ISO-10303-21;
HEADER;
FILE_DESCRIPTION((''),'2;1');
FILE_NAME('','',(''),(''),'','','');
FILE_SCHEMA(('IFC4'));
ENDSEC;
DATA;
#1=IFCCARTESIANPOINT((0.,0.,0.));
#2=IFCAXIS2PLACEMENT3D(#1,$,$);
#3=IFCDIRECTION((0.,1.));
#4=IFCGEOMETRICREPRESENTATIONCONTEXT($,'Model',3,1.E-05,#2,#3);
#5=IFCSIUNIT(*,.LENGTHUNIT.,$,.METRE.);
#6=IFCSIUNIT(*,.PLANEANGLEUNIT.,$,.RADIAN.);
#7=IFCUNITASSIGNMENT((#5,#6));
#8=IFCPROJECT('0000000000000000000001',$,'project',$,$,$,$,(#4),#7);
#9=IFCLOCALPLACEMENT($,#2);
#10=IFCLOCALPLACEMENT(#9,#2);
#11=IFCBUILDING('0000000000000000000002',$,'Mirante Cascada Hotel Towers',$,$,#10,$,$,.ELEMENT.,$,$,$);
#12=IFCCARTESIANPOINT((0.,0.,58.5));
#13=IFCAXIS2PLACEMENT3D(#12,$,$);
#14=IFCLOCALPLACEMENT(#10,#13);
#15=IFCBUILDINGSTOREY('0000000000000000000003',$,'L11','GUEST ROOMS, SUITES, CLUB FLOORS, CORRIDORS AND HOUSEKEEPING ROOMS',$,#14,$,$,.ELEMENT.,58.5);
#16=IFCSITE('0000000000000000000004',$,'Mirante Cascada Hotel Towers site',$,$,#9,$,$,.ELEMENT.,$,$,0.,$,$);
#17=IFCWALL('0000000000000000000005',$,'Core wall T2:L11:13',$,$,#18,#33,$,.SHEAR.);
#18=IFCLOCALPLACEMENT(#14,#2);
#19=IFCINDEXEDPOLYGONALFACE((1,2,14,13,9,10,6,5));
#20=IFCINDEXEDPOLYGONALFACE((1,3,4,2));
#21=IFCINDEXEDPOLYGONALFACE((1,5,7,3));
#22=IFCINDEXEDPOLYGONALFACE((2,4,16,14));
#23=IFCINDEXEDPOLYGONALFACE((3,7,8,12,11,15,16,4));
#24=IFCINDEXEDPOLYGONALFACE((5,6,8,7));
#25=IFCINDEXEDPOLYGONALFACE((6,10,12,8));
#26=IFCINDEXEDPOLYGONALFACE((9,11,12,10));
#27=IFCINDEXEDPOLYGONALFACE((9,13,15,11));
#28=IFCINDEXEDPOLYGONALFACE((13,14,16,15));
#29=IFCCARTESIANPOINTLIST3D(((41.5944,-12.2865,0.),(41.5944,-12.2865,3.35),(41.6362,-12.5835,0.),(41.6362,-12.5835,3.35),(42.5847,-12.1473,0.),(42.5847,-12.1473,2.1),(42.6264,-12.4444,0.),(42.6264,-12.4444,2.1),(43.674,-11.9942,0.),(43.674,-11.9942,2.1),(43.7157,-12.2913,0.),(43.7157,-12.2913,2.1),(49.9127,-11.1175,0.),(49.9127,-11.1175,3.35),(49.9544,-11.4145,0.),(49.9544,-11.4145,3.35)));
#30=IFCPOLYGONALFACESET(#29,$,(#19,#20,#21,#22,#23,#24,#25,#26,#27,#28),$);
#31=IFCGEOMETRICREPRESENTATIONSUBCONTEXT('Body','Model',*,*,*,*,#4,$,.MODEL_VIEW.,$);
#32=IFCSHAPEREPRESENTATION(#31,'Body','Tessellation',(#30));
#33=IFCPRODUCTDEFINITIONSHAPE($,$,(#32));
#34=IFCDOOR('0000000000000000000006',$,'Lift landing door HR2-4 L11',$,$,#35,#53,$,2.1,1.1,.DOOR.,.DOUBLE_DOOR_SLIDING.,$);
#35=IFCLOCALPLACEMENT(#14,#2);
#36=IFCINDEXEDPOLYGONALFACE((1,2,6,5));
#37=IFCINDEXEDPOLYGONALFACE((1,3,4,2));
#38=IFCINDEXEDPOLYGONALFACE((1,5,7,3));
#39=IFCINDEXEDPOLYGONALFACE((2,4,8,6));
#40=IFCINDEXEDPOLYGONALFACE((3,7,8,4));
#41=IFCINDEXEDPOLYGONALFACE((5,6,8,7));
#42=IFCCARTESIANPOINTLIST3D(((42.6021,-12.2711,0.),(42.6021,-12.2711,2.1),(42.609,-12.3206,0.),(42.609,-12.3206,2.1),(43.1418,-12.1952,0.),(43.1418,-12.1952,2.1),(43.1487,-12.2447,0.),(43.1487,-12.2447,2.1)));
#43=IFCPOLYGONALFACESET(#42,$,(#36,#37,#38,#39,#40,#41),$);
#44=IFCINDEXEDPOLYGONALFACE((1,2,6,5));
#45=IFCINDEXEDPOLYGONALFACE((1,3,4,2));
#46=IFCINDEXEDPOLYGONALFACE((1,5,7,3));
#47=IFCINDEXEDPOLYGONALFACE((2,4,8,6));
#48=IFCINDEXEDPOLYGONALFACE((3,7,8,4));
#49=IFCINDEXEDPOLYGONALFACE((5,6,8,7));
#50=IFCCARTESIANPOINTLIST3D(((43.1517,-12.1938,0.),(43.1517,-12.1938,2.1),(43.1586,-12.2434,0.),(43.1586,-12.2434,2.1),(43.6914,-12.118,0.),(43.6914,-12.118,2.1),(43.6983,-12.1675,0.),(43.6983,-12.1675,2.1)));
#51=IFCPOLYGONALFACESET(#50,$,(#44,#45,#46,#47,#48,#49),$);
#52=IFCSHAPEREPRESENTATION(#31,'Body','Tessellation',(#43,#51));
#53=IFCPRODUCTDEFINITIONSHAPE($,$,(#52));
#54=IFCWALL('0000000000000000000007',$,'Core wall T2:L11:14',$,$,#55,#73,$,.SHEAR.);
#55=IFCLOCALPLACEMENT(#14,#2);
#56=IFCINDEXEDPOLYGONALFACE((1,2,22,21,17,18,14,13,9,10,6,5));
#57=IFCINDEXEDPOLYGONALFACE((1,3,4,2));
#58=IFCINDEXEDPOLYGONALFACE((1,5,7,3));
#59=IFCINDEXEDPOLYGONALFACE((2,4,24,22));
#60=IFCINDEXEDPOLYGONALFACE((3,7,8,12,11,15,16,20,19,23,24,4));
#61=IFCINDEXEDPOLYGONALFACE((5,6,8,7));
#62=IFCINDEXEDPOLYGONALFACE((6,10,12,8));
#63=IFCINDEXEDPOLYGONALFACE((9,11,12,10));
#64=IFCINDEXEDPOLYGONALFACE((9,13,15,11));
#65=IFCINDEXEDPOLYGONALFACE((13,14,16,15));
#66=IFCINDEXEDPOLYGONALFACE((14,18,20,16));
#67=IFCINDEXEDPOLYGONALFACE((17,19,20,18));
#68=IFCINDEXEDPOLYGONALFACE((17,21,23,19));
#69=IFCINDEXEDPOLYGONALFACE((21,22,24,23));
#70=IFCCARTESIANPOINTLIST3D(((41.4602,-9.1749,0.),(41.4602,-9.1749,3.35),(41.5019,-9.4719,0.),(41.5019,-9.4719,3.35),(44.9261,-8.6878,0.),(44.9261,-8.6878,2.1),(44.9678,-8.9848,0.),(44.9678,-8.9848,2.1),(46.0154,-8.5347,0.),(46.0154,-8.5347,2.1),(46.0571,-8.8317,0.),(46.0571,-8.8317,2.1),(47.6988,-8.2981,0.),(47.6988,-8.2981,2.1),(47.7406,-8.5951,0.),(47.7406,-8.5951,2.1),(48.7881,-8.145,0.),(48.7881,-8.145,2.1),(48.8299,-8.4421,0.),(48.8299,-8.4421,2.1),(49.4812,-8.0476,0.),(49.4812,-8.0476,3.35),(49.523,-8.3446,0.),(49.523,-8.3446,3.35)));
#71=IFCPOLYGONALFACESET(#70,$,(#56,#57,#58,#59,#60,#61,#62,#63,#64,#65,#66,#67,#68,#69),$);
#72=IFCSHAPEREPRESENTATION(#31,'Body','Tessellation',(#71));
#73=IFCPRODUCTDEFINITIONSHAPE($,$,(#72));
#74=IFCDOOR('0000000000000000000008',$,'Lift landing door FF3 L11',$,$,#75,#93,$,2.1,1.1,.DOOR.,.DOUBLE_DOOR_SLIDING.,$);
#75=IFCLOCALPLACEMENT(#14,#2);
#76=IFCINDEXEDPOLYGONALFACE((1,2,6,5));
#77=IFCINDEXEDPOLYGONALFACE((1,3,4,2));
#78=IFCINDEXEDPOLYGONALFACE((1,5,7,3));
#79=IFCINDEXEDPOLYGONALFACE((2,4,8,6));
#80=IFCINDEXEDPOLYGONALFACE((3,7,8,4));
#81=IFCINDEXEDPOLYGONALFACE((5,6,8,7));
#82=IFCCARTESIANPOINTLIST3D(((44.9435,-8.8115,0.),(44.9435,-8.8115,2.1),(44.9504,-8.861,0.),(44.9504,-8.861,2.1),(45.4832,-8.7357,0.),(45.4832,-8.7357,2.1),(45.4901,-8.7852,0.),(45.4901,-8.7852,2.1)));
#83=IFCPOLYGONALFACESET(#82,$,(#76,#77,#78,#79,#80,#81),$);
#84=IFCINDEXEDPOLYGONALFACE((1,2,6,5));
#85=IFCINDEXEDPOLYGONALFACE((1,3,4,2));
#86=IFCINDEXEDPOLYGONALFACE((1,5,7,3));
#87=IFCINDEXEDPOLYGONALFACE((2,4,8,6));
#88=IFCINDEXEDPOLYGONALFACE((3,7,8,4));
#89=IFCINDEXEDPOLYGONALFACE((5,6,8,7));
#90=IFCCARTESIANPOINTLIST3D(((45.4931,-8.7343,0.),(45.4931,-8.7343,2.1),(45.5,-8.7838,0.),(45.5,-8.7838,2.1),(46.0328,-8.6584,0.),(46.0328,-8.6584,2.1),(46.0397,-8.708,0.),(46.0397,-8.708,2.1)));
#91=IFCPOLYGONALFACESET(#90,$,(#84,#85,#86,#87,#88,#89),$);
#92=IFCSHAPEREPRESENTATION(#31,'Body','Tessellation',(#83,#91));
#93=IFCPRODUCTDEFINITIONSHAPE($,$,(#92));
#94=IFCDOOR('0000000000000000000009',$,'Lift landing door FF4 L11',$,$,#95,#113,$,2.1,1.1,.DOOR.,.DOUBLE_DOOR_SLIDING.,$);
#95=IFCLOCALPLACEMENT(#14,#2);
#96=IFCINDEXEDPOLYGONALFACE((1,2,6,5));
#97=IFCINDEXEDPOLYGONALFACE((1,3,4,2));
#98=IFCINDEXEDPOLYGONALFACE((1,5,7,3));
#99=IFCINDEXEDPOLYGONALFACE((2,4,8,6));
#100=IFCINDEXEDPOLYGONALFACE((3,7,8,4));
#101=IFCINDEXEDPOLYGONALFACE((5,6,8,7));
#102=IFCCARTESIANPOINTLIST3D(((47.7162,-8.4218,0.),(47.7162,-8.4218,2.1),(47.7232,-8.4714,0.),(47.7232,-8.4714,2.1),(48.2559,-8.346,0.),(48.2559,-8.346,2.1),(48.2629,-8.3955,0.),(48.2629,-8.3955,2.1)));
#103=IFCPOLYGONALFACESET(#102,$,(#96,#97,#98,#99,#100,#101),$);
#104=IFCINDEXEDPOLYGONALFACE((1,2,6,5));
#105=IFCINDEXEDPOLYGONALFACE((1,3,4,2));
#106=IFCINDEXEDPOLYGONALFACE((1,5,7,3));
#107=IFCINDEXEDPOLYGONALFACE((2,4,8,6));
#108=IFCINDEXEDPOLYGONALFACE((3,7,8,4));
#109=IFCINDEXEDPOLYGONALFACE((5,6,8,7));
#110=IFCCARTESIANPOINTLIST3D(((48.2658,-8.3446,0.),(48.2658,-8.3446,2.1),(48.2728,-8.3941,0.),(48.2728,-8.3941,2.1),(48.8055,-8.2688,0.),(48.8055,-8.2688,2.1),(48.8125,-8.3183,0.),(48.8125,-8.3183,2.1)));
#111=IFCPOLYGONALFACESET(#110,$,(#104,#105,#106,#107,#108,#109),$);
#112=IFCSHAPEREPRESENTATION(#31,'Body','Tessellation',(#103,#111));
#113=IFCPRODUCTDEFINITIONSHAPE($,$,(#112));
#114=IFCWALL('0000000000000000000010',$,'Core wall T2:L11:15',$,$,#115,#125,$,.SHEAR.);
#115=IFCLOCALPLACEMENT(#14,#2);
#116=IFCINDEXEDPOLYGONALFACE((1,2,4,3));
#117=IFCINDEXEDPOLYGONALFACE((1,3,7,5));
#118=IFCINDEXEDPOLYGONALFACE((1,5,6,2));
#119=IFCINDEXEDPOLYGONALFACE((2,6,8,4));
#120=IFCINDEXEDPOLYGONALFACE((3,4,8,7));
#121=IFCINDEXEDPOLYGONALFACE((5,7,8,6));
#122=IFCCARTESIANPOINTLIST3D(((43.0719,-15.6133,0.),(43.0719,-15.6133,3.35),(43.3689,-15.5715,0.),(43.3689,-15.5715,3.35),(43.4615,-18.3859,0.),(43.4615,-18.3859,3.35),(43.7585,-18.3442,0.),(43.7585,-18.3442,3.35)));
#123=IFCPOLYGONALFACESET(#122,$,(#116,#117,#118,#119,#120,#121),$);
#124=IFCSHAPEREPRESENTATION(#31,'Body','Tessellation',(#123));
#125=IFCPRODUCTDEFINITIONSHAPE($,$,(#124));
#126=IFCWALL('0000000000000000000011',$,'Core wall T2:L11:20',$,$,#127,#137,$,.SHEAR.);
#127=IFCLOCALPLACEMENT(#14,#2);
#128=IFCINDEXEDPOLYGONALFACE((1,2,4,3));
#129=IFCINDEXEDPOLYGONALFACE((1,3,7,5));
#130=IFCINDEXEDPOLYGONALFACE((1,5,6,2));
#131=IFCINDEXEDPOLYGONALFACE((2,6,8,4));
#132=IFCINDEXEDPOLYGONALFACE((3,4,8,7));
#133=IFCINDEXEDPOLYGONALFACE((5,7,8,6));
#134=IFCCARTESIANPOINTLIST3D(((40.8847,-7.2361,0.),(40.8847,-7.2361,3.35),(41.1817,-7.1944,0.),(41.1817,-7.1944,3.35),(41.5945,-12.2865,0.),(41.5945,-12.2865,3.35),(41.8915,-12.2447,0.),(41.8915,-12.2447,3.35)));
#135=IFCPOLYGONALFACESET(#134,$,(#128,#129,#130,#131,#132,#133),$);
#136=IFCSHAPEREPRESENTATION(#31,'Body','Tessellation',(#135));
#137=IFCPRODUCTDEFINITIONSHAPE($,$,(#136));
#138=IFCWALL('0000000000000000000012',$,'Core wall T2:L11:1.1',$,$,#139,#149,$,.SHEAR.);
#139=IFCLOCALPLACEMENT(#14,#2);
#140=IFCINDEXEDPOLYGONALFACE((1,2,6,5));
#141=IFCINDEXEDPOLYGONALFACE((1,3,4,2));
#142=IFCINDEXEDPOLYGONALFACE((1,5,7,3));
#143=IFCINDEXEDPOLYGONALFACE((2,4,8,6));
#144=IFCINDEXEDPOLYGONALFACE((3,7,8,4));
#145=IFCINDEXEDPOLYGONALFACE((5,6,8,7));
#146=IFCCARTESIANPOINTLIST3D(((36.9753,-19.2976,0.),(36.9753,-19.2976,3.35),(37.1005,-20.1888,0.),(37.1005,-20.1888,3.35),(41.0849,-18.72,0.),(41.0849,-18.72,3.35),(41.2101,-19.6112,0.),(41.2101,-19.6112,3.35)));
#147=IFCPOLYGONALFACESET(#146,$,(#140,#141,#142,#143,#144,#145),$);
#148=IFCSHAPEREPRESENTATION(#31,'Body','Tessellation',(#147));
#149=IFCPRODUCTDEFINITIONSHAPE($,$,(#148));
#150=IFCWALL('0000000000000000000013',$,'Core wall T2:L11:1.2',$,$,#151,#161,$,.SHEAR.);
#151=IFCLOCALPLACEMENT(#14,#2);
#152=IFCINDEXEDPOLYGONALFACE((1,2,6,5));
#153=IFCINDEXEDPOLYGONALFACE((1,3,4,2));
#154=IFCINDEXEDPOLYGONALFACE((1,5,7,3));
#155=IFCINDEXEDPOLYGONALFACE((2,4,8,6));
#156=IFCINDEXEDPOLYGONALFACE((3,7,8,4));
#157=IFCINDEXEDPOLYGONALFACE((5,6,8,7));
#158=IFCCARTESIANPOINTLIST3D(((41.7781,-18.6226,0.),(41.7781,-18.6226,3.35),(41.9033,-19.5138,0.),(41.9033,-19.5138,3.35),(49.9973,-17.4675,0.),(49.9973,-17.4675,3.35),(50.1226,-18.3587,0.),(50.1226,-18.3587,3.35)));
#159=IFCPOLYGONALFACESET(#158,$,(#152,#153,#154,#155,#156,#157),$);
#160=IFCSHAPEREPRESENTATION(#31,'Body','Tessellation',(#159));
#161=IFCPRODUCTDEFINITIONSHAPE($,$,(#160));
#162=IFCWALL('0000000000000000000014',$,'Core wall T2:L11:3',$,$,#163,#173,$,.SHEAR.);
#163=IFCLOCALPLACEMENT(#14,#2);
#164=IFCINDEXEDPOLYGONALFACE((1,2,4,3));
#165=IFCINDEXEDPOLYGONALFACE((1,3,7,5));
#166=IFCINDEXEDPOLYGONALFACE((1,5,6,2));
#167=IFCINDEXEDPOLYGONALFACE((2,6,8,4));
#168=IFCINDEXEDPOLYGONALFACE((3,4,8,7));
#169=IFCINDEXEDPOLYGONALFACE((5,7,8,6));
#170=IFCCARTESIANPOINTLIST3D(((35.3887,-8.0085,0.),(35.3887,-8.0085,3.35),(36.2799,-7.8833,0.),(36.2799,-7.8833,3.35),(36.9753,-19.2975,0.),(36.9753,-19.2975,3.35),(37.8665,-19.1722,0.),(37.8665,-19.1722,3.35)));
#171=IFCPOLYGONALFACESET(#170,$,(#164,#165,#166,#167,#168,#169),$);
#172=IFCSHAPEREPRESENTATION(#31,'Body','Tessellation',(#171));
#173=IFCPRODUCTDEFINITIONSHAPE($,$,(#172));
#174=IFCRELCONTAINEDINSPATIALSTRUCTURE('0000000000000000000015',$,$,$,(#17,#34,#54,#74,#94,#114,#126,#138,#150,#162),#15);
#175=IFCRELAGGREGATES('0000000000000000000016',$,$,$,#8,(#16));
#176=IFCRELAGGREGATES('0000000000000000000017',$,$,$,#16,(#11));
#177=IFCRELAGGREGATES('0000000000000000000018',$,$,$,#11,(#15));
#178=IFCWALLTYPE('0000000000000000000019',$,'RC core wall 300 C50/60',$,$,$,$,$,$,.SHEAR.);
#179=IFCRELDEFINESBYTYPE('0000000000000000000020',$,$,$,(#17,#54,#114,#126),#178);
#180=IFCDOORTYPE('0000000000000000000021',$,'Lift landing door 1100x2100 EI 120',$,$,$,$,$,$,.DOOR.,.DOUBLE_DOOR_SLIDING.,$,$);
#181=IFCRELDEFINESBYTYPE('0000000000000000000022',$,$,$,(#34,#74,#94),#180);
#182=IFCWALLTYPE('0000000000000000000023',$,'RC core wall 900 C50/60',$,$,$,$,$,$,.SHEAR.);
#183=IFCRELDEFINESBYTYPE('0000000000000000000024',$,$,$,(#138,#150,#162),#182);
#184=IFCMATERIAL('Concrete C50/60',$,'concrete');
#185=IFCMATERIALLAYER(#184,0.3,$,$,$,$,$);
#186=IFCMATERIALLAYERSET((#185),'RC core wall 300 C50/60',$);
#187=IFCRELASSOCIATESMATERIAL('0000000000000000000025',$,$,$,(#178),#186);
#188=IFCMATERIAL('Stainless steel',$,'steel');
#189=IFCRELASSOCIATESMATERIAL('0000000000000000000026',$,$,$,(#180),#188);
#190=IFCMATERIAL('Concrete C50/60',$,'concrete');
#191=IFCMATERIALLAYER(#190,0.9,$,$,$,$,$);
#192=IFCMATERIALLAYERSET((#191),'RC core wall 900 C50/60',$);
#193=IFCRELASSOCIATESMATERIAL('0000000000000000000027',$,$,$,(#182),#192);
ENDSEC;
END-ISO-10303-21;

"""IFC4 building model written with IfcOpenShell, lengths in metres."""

from ifc_helpers import new_model, si_unit, direction, frame, frame_2d, origin, place, context, subcontext, project, spatial, rectangle, extrude, material, layer, layer_set, type_object, element, fill, save


model = new_model("IFC4")

# Units and contexts
model_context = context("Model", 3, precision=1e-05, world=origin(), true_north=direction((0.0, 1.0)))
body_context = subcontext(model_context, "Body", "Model", "MODEL_VIEW")
ifc_project = project(units=[si_unit("LENGTHUNIT", "METRE"), si_unit("PLANEANGLEUNIT", "RADIAN")], contexts=[model_context])

# Site, building, storey
site_placement = place(None, origin())
site = spatial("IfcSite", under=ifc_project, at=site_placement, Name="Mirante Cascada Hotel Towers site", CompositionType="ELEMENT", RefElevation=0.0)
building_placement = place(site_placement, origin())
building = spatial("IfcBuilding", under=site, at=building_placement, Name="Mirante Cascada Hotel Towers", CompositionType="ELEMENT")
storey_placement = place(building_placement, frame((0.0, 0.0, 58.5)))
storey = spatial("IfcBuildingStorey", under=building, at=storey_placement, Name="L11", Description="GUEST ROOMS, SUITES, CLUB FLOORS, CORRIDORS AND HOUSEKEEPING ROOMS", CompositionType="ELEMENT", Elevation=58.5)

# Shared definitions
ifc_material_1 = material(Name="Concrete C50/60", Category="concrete")
ifc_layer_1 = layer(ifc_material_1, 0.3)
ifc_layer_set_1 = layer_set([ifc_layer_1], Name="RC core wall 300 C50/60")
wall_type_1 = type_object("IfcWallType", Name="RC core wall 300 C50/60", PredefinedType="SHEAR", material=ifc_layer_set_1)

# Shared definitions
ifc_material_2 = material(Name="Stainless steel", Category="steel")
door_type_1 = type_object("IfcDoorType", Name="Lift landing door 1100x2100 EI 120", OperationType="DOUBLE_DOOR_SLIDING", PredefinedType="DOOR", material=ifc_material_2)

# Wall, opening, door
wall_1_placement = place(storey_placement, frame((41.6153, -12.435, 0.0), z_axis=(0.0, 0.0, 1.0), x_axis=(0.990269, 0.139166, 0.0)))
wall_1 = element("IfcWall", 1, at=wall_1_placement, inside=storey, type_object=wall_type_1, Name="Core wall T2:L11:13", PredefinedType="SHEAR", context=body_context, shape_type="SweptSolid", body=[
    extrude(rectangle(XDim=8.4, YDim=0.3, at=frame_2d((4.2, 0.0))), origin(), (0.0, 0.0, 1.0), 3.35),
])
opening_1_placement = place(wall_1_placement, frame((1.0, 0.0, 0.0)))
opening_1 = element("IfcOpeningElement", 2, at=opening_1_placement, cuts=wall_1, PredefinedType="OPENING", context=body_context, shape_type="SweptSolid", body=[
    extrude(rectangle(XDim=1.1, YDim=2.1, at=frame_2d((0.55, 1.05))), frame((0.0, 0.15, 0.0), z_axis=(0.0, -1.0, 0.0), x_axis=(1.0, 0.0, 0.0)), (0.0, 0.0, 1.0), 0.3),
])
door_1_placement = place(opening_1_placement, origin())
door_1 = element("IfcDoor", 3, at=door_1_placement, inside=storey, type_object=door_type_1, Name="Lift landing door HR2-4 L11", OperationType="DOUBLE_DOOR_SLIDING", OverallHeight=2.1, OverallWidth=1.1, PredefinedType="DOOR", context=body_context, shape_type="SweptSolid", body=[
    extrude(rectangle(XDim=0.545, YDim=2.1, at=frame_2d((0.2725, 1.05))), frame((0.0, 0.025, 0.0), z_axis=(0.0, -1.0, 0.0), x_axis=(1.0, 0.0, 0.0)), (0.0, 0.0, 1.0), 0.05),
    extrude(rectangle(XDim=0.545, YDim=2.1, at=frame_2d((0.8275, 1.05))), frame((0.0, 0.025, 0.0), z_axis=(0.0, -1.0, 0.0), x_axis=(1.0, 0.0, 0.0)), (0.0, 0.0, 1.0), 0.05),
])
fill(opening_1, door_1)

# Wall, openings, doors
wall_2_placement = place(storey_placement, frame((41.481, -9.3234, 0.0), z_axis=(0.0, 0.0, 1.0), x_axis=(0.990268, 0.139174, 0.0)))
wall_2 = element("IfcWall", 4, at=wall_2_placement, inside=storey, type_object=wall_type_1, Name="Core wall T2:L11:14", PredefinedType="SHEAR", context=body_context, shape_type="SweptSolid", body=[
    extrude(rectangle(XDim=8.0999, YDim=0.3, at=frame_2d((4.05, 0.0))), origin(), (0.0, 0.0, 1.0), 3.35),
])
opening_2_placement = place(wall_2_placement, frame((3.5, 0.0, 0.0)))
opening_2 = element("IfcOpeningElement", 5, at=opening_2_placement, cuts=wall_2, PredefinedType="OPENING", context=body_context, shape_type="SweptSolid", body=[
    extrude(rectangle(XDim=1.1, YDim=2.1, at=frame_2d((0.55, 1.05))), frame((0.0, 0.15, 0.0), z_axis=(0.0, -1.0, 0.0), x_axis=(1.0, 0.0, 0.0)), (0.0, 0.0, 1.0), 0.3),
])
opening_3_placement = place(wall_2_placement, frame((6.3, 0.0, 0.0)))
opening_3 = element("IfcOpeningElement", 6, at=opening_3_placement, cuts=wall_2, PredefinedType="OPENING", context=body_context, shape_type="SweptSolid", body=[
    extrude(rectangle(XDim=1.1, YDim=2.1, at=frame_2d((0.55, 1.05))), frame((0.0, 0.15, 0.0), z_axis=(0.0, -1.0, 0.0), x_axis=(1.0, 0.0, 0.0)), (0.0, 0.0, 1.0), 0.3),
])
door_2_placement = place(opening_2_placement, origin())
door_2 = element("IfcDoor", 7, at=door_2_placement, inside=storey, type_object=door_type_1, Name="Lift landing door FF3 L11", OperationType="DOUBLE_DOOR_SLIDING", OverallHeight=2.1, OverallWidth=1.1, PredefinedType="DOOR", context=body_context, shape_type="SweptSolid", body=[
    extrude(rectangle(XDim=0.545, YDim=2.1, at=frame_2d((0.2725, 1.05))), frame((0.0, 0.025, 0.0), z_axis=(0.0, -1.0, 0.0), x_axis=(1.0, 0.0, 0.0)), (0.0, 0.0, 1.0), 0.05),
    extrude(rectangle(XDim=0.545, YDim=2.1, at=frame_2d((0.8275, 1.05))), frame((0.0, 0.025, 0.0), z_axis=(0.0, -1.0, 0.0), x_axis=(1.0, 0.0, 0.0)), (0.0, 0.0, 1.0), 0.05),
])
fill(opening_2, door_2)
door_3_placement = place(opening_3_placement, origin())
door_3 = element("IfcDoor", 8, at=door_3_placement, inside=storey, type_object=door_type_1, Name="Lift landing door FF4 L11", OperationType="DOUBLE_DOOR_SLIDING", OverallHeight=2.1, OverallWidth=1.1, PredefinedType="DOOR", context=body_context, shape_type="SweptSolid", body=[
    extrude(rectangle(XDim=0.545, YDim=2.1, at=frame_2d((0.2725, 1.05))), frame((0.0, 0.025, 0.0), z_axis=(0.0, -1.0, 0.0), x_axis=(1.0, 0.0, 0.0)), (0.0, 0.0, 1.0), 0.05),
    extrude(rectangle(XDim=0.545, YDim=2.1, at=frame_2d((0.8275, 1.05))), frame((0.0, 0.025, 0.0), z_axis=(0.0, -1.0, 0.0), x_axis=(1.0, 0.0, 0.0)), (0.0, 0.0, 1.0), 0.05),
])
fill(opening_3, door_3)

# Walls
wall_3_placement = place(storey_placement, frame((43.61, -18.3651, 0.0), z_axis=(0.0, 0.0, 1.0), x_axis=(-0.139146, 0.990272, 0.0)))
element("IfcWall", 9, at=wall_3_placement, inside=storey, type_object=wall_type_1, Name="Core wall T2:L11:15", PredefinedType="SHEAR", context=body_context, shape_type="SweptSolid", body=[
    extrude(rectangle(XDim=2.7999, YDim=0.3, at=frame_2d((1.4, 0.0))), origin(), (0.0, 0.0, 1.0), 3.35),
])
wall_4_placement = place(storey_placement, frame((41.743, -12.2656, 0.0), z_axis=(0.0, 0.0, 1.0), x_axis=(-0.139176, 0.990268, 0.0)))
element("IfcWall", 10, at=wall_4_placement, inside=storey, type_object=wall_type_1, Name="Core wall T2:L11:20", PredefinedType="SHEAR", context=body_context, shape_type="SweptSolid", body=[
    extrude(rectangle(XDim=5.1, YDim=0.3, at=frame_2d((2.55, 0.0))), origin(), (0.0, 0.0, 1.0), 3.35),
])
ifc_material_3 = material(Name="Concrete C50/60", Category="concrete")
ifc_layer_2 = layer(ifc_material_3, 0.9)
ifc_layer_set_2 = layer_set([ifc_layer_2], Name="RC core wall 900 C50/60")
wall_type_2 = type_object("IfcWallType", Name="RC core wall 900 C50/60", PredefinedType="SHEAR", material=ifc_layer_set_2)
wall_5_placement = place(storey_placement, frame((37.0379, -19.7432, 0.0), z_axis=(0.0, 0.0, 1.0), x_axis=(0.990267, 0.139181, 0.0)))
element("IfcWall", 11, at=wall_5_placement, inside=storey, type_object=wall_type_2, Name="Core wall T2:L11:1.1", PredefinedType="SHEAR", context=body_context, shape_type="SweptSolid", body=[
    extrude(rectangle(XDim=4.15, YDim=0.9, at=frame_2d((2.075, 0.0))), origin(), (0.0, 0.0, 1.0), 3.35),
])
wall_6_placement = place(storey_placement, frame((41.8407, -19.0682, 0.0), z_axis=(0.0, 0.0, 1.0), x_axis=(0.990269, 0.139169, 0.0)))
element("IfcWall", 12, at=wall_6_placement, inside=storey, type_object=wall_type_2, Name="Core wall T2:L11:1.2", PredefinedType="SHEAR", context=body_context, shape_type="SweptSolid", body=[
    extrude(rectangle(XDim=8.3, YDim=0.9, at=frame_2d((4.15, 0.0))), origin(), (0.0, 0.0, 1.0), 3.35),
])
wall_7_placement = place(storey_placement, frame((37.4209, -19.2349, 0.0), z_axis=(0.0, 0.0, 1.0), x_axis=(-0.139176, 0.990268, 0.0)))
element("IfcWall", 13, at=wall_7_placement, inside=storey, type_object=wall_type_2, Name="Core wall T2:L11:3", PredefinedType="SHEAR", context=body_context, shape_type="SweptSolid", body=[
    extrude(rectangle(XDim=11.3999, YDim=0.9, at=frame_2d((5.7, 0.0))), origin(), (0.0, 0.0, 1.0), 3.35),
])

save(model, "model.ifc")
